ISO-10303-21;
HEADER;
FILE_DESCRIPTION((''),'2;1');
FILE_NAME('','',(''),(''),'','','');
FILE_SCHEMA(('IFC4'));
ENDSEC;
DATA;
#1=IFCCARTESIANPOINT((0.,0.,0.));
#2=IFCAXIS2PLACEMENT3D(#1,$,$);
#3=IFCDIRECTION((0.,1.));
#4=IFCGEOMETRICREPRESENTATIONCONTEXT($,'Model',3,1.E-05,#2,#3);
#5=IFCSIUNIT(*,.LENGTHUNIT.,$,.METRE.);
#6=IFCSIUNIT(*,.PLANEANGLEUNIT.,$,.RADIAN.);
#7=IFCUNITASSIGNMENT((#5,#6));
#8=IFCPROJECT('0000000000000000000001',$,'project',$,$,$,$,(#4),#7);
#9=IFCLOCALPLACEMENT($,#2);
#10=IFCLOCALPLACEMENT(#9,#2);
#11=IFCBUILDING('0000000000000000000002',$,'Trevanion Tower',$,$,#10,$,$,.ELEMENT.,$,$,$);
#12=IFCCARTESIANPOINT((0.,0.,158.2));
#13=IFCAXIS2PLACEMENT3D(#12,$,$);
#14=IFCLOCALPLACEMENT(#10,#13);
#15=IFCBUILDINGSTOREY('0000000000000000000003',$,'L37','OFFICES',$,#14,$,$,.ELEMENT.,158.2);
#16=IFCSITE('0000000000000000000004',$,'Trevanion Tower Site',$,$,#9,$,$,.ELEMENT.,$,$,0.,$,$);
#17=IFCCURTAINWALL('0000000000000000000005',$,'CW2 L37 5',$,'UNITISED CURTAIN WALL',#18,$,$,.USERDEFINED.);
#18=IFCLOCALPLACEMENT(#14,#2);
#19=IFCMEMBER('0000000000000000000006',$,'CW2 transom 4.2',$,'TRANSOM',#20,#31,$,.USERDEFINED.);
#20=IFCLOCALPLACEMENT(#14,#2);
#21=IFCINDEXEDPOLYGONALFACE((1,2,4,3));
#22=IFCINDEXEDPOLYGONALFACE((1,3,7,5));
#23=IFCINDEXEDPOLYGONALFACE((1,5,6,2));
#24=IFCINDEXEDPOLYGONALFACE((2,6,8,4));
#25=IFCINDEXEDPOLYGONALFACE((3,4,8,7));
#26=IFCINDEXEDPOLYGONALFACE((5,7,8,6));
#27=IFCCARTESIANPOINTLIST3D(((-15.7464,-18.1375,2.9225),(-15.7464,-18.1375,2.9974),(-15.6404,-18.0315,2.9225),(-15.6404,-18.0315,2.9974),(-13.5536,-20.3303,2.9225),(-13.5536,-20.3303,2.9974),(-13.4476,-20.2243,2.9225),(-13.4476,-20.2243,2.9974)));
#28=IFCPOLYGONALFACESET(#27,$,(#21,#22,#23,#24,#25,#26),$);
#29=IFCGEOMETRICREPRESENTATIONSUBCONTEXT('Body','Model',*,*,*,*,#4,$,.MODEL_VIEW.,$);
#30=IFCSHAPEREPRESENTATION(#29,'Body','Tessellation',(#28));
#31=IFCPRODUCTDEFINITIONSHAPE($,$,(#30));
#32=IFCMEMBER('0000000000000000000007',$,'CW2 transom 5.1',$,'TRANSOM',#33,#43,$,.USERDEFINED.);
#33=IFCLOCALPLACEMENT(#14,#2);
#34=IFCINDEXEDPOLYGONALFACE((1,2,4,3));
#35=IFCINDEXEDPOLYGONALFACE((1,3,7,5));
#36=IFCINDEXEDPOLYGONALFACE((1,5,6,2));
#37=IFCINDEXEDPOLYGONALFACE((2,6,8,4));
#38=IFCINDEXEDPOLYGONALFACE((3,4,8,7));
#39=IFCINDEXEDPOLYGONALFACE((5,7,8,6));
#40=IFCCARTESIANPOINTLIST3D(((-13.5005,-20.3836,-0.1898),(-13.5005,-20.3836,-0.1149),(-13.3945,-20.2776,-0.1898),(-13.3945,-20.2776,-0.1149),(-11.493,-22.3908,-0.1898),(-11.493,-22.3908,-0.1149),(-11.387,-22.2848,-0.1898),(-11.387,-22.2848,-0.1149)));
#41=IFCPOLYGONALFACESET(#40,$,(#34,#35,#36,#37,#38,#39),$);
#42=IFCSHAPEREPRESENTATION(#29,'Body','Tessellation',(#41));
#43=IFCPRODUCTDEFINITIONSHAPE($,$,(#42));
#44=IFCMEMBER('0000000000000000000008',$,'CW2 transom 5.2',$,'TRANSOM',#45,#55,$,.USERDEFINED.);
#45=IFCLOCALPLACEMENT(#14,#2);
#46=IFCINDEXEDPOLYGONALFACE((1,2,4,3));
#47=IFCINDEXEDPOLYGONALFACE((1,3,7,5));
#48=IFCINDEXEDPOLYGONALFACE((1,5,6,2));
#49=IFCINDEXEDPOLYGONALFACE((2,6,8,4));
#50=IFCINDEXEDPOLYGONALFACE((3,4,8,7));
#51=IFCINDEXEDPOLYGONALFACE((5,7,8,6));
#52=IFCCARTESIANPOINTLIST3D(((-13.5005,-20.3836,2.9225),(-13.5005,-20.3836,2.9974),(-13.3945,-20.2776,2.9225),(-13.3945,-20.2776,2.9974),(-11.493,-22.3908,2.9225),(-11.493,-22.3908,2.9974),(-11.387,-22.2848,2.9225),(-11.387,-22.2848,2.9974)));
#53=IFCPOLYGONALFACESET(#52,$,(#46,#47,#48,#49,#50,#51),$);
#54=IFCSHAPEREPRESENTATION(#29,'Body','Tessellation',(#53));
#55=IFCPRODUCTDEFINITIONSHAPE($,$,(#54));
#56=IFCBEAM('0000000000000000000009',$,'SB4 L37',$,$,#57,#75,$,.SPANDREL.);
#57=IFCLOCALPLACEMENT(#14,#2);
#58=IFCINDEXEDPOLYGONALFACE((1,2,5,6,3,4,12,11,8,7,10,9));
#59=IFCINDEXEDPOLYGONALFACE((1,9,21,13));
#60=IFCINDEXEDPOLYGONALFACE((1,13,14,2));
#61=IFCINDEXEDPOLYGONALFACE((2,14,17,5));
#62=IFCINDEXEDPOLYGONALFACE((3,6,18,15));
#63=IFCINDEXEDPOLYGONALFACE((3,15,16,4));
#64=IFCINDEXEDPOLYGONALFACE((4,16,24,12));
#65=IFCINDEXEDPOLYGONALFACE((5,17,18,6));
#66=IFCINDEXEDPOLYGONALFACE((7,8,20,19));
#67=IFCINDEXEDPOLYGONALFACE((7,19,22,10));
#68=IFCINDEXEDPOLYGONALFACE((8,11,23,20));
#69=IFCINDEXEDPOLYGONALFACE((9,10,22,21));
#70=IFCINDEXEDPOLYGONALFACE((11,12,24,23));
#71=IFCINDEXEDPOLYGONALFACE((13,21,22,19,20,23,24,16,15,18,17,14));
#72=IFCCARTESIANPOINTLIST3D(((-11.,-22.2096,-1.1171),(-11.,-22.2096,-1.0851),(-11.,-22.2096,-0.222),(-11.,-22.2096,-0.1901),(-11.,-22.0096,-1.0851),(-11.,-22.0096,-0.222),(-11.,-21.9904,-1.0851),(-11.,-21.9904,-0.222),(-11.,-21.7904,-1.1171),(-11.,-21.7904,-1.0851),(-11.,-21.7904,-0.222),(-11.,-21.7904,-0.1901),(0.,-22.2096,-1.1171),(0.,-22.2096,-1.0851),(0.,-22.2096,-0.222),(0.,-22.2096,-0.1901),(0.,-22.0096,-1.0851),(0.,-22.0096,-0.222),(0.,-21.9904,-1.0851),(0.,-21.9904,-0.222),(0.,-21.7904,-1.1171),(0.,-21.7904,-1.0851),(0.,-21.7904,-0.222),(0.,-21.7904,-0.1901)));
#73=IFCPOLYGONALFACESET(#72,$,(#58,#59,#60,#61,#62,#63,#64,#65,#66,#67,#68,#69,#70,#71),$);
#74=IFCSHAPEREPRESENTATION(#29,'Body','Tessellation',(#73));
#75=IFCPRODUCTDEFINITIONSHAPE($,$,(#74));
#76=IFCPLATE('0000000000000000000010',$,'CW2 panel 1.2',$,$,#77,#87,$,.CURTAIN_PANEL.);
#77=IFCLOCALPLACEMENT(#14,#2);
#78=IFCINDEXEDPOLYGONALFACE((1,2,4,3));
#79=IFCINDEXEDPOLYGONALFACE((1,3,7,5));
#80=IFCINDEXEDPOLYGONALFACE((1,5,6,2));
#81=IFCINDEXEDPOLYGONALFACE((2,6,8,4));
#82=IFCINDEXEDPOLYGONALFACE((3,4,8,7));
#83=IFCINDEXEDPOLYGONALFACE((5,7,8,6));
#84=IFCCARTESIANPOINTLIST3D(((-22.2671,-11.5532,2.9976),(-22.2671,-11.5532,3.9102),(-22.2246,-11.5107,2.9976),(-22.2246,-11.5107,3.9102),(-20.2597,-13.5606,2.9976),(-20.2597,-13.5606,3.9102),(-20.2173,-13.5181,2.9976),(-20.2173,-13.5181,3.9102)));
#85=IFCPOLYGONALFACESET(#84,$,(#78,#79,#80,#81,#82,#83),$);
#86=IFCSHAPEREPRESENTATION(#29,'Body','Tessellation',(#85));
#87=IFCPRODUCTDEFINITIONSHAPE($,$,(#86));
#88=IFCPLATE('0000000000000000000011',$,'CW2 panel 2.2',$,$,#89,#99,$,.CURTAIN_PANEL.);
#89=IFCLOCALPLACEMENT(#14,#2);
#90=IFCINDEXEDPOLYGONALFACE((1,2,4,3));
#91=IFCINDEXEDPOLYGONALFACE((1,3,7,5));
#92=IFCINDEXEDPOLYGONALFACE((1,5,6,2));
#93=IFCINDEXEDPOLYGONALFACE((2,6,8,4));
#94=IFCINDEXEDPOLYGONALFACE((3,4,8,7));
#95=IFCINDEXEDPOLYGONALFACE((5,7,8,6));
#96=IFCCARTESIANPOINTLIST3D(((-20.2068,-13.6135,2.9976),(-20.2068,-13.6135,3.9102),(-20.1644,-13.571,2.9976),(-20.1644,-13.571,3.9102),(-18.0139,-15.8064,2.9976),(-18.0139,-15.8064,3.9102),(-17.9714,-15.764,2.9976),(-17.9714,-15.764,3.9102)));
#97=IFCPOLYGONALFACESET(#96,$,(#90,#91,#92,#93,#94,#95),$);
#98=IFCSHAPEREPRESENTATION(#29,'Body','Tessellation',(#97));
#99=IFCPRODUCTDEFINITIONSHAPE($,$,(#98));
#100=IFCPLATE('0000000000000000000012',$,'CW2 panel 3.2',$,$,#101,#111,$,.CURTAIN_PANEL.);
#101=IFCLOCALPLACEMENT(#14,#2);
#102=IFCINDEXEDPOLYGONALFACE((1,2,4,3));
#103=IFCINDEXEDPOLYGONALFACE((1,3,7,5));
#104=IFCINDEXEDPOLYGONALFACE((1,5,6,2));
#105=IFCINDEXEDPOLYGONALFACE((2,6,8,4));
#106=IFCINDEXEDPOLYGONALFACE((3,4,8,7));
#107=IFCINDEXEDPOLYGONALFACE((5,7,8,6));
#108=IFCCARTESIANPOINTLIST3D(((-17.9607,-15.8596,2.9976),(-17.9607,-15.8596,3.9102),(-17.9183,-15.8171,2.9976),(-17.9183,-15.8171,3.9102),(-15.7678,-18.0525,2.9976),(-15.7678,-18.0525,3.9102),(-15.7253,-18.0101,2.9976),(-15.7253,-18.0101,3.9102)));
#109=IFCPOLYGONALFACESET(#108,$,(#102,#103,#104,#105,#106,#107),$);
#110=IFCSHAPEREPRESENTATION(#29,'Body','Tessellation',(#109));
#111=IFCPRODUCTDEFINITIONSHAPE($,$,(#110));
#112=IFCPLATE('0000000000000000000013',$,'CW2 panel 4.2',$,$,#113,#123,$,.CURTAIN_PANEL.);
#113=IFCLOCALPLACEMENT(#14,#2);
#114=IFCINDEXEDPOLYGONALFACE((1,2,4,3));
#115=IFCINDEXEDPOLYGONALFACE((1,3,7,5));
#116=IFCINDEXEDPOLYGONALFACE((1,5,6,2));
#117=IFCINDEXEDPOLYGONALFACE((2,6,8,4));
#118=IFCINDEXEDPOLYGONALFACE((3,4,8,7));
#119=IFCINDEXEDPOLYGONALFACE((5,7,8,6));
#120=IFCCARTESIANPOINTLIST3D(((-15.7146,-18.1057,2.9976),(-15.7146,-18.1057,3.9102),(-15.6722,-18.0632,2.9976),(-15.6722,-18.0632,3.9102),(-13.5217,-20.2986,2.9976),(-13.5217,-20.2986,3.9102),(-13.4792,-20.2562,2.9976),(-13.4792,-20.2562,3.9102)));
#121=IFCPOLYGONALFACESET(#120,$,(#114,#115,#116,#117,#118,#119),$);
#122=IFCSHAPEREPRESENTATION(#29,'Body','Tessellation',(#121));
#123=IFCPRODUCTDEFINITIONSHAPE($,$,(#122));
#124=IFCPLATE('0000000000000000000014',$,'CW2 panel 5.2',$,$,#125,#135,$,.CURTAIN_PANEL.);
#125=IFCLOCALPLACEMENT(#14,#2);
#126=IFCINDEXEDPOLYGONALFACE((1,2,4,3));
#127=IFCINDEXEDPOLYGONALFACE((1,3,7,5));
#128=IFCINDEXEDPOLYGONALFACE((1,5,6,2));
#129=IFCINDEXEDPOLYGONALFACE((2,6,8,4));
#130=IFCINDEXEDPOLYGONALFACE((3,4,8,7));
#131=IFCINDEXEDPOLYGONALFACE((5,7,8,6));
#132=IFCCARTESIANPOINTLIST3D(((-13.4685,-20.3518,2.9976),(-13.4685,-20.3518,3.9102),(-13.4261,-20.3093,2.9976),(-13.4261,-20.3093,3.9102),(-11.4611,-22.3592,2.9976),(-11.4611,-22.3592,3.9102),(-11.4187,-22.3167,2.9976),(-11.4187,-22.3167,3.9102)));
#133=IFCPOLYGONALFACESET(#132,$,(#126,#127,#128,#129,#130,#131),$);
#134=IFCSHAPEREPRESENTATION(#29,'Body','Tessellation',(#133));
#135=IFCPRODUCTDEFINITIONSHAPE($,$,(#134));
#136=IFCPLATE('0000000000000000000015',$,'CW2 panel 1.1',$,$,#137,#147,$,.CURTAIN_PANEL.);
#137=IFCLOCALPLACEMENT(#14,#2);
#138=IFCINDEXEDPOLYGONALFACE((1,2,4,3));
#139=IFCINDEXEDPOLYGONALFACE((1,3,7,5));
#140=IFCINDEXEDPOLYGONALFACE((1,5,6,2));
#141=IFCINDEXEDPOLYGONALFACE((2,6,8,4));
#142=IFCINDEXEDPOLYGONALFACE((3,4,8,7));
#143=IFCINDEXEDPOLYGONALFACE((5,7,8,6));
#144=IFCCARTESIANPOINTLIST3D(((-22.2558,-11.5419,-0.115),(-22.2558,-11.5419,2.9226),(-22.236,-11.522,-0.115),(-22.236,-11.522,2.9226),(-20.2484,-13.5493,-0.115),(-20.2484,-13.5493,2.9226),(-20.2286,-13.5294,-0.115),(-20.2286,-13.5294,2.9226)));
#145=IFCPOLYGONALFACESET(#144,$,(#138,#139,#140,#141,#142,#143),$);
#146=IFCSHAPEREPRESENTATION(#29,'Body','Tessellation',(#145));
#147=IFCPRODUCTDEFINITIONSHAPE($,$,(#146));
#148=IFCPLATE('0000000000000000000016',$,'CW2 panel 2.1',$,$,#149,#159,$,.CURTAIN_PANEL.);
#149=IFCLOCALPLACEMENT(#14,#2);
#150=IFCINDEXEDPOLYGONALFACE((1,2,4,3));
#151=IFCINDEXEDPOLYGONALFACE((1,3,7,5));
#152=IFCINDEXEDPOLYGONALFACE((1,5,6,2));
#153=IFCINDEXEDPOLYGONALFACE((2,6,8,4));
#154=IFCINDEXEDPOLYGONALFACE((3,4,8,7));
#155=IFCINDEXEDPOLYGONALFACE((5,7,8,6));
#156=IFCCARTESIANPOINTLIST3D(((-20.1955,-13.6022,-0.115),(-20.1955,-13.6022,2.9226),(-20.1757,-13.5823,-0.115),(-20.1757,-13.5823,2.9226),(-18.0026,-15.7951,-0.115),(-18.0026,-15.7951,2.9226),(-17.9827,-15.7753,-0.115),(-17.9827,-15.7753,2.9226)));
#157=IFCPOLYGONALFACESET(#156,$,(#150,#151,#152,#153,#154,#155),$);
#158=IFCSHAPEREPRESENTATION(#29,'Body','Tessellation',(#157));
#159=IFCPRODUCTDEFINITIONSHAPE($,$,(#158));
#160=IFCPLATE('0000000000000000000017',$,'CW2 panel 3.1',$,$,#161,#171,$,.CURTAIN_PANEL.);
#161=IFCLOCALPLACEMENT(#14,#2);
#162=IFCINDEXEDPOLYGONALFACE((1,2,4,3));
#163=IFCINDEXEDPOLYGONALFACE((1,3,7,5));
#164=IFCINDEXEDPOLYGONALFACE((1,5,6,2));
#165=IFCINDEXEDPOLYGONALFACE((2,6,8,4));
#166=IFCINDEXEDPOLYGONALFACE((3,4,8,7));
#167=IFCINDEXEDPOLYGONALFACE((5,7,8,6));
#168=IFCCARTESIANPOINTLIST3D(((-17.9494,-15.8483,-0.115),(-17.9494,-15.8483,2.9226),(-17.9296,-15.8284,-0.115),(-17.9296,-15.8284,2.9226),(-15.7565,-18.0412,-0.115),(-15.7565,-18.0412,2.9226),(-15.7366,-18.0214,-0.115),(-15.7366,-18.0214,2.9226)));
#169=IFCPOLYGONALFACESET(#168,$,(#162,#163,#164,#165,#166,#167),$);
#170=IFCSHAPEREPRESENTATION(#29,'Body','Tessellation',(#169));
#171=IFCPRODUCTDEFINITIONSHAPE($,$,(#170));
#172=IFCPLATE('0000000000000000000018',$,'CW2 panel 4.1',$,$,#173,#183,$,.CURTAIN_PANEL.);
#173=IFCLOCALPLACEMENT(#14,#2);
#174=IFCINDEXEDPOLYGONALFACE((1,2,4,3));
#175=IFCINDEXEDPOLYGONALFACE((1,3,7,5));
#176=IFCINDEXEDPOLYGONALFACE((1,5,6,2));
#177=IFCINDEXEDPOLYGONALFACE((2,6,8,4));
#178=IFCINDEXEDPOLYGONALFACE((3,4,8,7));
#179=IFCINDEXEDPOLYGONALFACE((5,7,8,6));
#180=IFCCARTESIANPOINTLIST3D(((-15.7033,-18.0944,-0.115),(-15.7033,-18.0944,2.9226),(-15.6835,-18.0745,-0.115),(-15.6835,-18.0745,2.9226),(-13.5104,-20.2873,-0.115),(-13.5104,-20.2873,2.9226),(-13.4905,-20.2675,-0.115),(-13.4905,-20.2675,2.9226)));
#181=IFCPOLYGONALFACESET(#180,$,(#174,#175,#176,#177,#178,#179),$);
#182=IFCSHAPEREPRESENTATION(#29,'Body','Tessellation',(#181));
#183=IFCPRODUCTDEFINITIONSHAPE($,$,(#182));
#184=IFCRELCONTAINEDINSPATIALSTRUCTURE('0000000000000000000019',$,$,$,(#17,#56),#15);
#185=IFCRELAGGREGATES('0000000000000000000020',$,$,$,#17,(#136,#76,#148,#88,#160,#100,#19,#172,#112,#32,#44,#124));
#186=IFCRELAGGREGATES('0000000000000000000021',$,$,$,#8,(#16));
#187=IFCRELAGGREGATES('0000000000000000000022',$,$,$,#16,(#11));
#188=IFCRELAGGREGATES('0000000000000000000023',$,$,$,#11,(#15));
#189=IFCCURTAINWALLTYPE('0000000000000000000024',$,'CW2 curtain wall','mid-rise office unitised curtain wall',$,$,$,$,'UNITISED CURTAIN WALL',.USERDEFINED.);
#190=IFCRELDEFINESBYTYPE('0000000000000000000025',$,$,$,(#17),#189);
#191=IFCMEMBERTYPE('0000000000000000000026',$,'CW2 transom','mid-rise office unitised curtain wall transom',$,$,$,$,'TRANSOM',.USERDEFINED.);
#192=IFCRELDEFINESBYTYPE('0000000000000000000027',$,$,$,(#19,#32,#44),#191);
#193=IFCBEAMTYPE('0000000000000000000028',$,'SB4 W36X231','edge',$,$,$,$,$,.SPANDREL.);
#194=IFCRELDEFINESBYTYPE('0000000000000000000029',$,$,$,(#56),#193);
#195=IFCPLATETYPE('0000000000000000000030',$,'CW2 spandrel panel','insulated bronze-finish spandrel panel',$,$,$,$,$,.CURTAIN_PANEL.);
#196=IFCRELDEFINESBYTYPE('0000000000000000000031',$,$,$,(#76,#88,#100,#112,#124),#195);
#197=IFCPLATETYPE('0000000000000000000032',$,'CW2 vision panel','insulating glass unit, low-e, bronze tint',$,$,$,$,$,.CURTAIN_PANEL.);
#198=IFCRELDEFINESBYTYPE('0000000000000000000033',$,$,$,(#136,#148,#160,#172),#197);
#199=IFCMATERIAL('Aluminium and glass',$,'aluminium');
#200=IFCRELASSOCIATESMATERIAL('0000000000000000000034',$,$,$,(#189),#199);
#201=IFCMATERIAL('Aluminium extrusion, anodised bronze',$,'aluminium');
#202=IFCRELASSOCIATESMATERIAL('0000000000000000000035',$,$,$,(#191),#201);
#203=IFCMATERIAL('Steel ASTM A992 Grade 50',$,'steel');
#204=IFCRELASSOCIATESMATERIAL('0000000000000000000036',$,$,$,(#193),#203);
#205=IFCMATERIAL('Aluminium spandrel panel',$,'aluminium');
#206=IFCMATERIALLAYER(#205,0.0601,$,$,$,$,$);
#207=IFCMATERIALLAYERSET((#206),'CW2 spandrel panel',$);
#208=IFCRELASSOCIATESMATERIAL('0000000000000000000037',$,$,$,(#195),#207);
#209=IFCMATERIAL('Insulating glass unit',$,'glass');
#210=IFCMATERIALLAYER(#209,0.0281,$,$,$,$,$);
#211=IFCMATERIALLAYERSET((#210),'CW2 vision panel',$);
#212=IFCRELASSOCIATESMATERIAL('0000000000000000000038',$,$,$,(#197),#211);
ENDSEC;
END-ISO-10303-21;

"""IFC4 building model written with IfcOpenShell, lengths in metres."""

from ifc_helpers import new_model, si_unit, direction, frame, origin, origin_2d, place, context, subcontext, project, spatial, rectangle, i_section, extrude, material, layer, layer_set, material_profile, profile_set, type_object, element, aggregate, save


model = new_model("IFC4")

# Units and contexts
model_context = context("Model", 3, precision=1e-05, world=origin(), true_north=direction((0.0, 1.0)))
body_context = subcontext(model_context, "Body", "Model", "MODEL_VIEW")
ifc_project = project(units=[si_unit("LENGTHUNIT", "METRE"), si_unit("PLANEANGLEUNIT", "RADIAN")], contexts=[model_context])

# Site, building, storey
site_placement = place(None, origin())
site = spatial("IfcSite", under=ifc_project, at=site_placement, Name="Trevanion Tower Site", CompositionType="ELEMENT", RefElevation=0.0)
building_placement = place(site_placement, origin())
building = spatial("IfcBuilding", under=site, at=building_placement, Name="Trevanion Tower", CompositionType="ELEMENT")
storey_placement = place(building_placement, frame((0.0, 0.0, 158.2)))
storey = spatial("IfcBuildingStorey", under=building, at=storey_placement, Name="L37", Description="OFFICES", CompositionType="ELEMENT", Elevation=158.2)

# Curtain wall, members
ifc_material_1 = material(Name="Aluminium and glass", Category="aluminium")
curtain_wall_type = type_object("IfcCurtainWallType", Name="CW2 curtain wall", Description="mid-rise office unitised curtain wall", ElementType="UNITISED CURTAIN WALL", PredefinedType="USERDEFINED", material=ifc_material_1)
curtain_wall_placement = place(storey_placement, origin())
curtain_wall = element("IfcCurtainWall", 1, at=curtain_wall_placement, inside=storey, type_object=curtain_wall_type, Name="CW2 L37 5", ObjectType="UNITISED CURTAIN WALL", PredefinedType="USERDEFINED")
ifc_material_2 = material(Name="Aluminium extrusion, anodised bronze", Category="aluminium")
ifc_material_profile_1 = material_profile(ifc_material_2, rectangle(XDim=0.1499, YDim=0.075, at=origin_2d()), Name="CW2 transom")
ifc_profile_set_1 = profile_set([ifc_material_profile_1], Name="Aluminium extrusion, anodised bronze")
member_type_1 = type_object("IfcMemberType", Name="CW2 transom", Description="mid-rise office unitised curtain wall transom", ElementType="TRANSOM", PredefinedType="USERDEFINED", material=ifc_profile_set_1)
member_1_placement = place(storey_placement, frame((-15.6934, -18.0845, 2.96), z_axis=(0.707107, -0.707107, 0.0), x_axis=(0.707107, 0.707107, 0.0)))
member_1 = element("IfcMember", 2, at=member_1_placement, type_object=member_type_1, Name="CW2 transom 4.2", ObjectType="TRANSOM", PredefinedType="USERDEFINED", context=body_context, shape_type="SweptSolid", body=[
    extrude(rectangle(XDim=0.1499, YDim=0.075, at=origin_2d()), origin(), (0.0, 0.0, 1.0), 3.1011),
])
member_2_placement = place(storey_placement, frame((-13.4475, -20.3306, -0.1523), z_axis=(0.70715, -0.707064, 0.0), x_axis=(0.707064, 0.70715, 0.0)))
member_2 = element("IfcMember", 3, at=member_2_placement, type_object=member_type_1, Name="CW2 transom 5.1", ObjectType="TRANSOM", PredefinedType="USERDEFINED", context=body_context, shape_type="SweptSolid", body=[
    extrude(rectangle(XDim=0.1499, YDim=0.075, at=origin_2d()), origin(), (0.0, 0.0, 1.0), 2.8389),
])
member_3_placement = place(storey_placement, frame((-13.4475, -20.3306, 2.96), z_axis=(0.70715, -0.707064, 0.0), x_axis=(0.707064, 0.70715, 0.0)))
member_3 = element("IfcMember", 4, at=member_3_placement, type_object=member_type_1, Name="CW2 transom 5.2", ObjectType="TRANSOM", PredefinedType="USERDEFINED", context=body_context, shape_type="SweptSolid", body=[
    extrude(rectangle(XDim=0.1499, YDim=0.075, at=origin_2d()), origin(), (0.0, 0.0, 1.0), 2.8389),
])

# Beam
ifc_material_3 = material(Name="Steel ASTM A992 Grade 50", Category="steel")
ifc_material_profile_2 = material_profile(ifc_material_3, i_section(OverallWidth=0.4192, OverallDepth=0.927, WebThickness=0.0193, FlangeThickness=0.032, at=origin_2d()), Name="W36X231")
ifc_profile_set_2 = profile_set([ifc_material_profile_2], Name="Steel ASTM A992 Grade 50")
beam_type_1 = type_object("IfcBeamType", Name="SB4 W36X231", Description="edge", PredefinedType="SPANDREL", material=ifc_profile_set_2)
beam_1_placement = place(storey_placement, frame((-11.0, -22.0, -0.6536), z_axis=(1.0, 0.0, 0.0), x_axis=(0.0, 1.0, 0.0)))
element("IfcBeam", 5, at=beam_1_placement, inside=storey, type_object=beam_type_1, Name="SB4 L37", PredefinedType="SPANDREL", context=body_context, shape_type="SweptSolid", body=[
    extrude(i_section(OverallWidth=0.4192, OverallDepth=0.927, WebThickness=0.0193, FlangeThickness=0.032, at=origin_2d()), origin(), (0.0, 0.0, 1.0), 11.0),
])

# Plates
ifc_material_4 = material(Name="Aluminium spandrel panel", Category="aluminium")
ifc_layer_1 = layer(ifc_material_4, 0.0601)
ifc_layer_set_1 = layer_set([ifc_layer_1], Name="CW2 spandrel panel")
plate_type_1 = type_object("IfcPlateType", Name="CW2 spandrel panel", Description="insulated bronze-finish spandrel panel", PredefinedType="CURTAIN_PANEL", material=ifc_layer_set_1)
plate_1_placement = place(storey_placement, frame((-21.2422, -12.5356, 2.9976), z_axis=(0.0, 0.0, 1.0), x_axis=(0.707107, -0.707107, 0.0)))
plate_1 = element("IfcPlate", 6, at=plate_1_placement, type_object=plate_type_1, Name="CW2 panel 1.2", PredefinedType="CURTAIN_PANEL", context=body_context, shape_type="SweptSolid", body=[
    extrude(rectangle(XDim=2.8389, YDim=0.0601, at=origin_2d()), origin(), (0.0, 0.0, 1.0), 0.9126),
])
plate_2_placement = place(storey_placement, frame((-19.0891, -14.6887, 2.9976), z_axis=(0.0, 0.0, 1.0), x_axis=(0.707107, -0.707107, 0.0)))
plate_2 = element("IfcPlate", 7, at=plate_2_placement, type_object=plate_type_1, Name="CW2 panel 2.2", PredefinedType="CURTAIN_PANEL", context=body_context, shape_type="SweptSolid", body=[
    extrude(rectangle(XDim=3.1013, YDim=0.0601, at=origin_2d()), origin(), (0.0, 0.0, 1.0), 0.9126),
])
plate_3_placement = place(storey_placement, frame((-16.843, -16.9348, 2.9976), z_axis=(0.0, 0.0, 1.0), x_axis=(0.707107, -0.707107, 0.0)))
plate_3 = element("IfcPlate", 8, at=plate_3_placement, type_object=plate_type_1, Name="CW2 panel 3.2", PredefinedType="CURTAIN_PANEL", context=body_context, shape_type="SweptSolid", body=[
    extrude(rectangle(XDim=3.1013, YDim=0.0601, at=origin_2d()), origin(), (0.0, 0.0, 1.0), 0.9126),
])
plate_4_placement = place(storey_placement, frame((-14.5969, -19.1809, 2.9976), z_axis=(0.0, 0.0, 1.0), x_axis=(0.707107, -0.707107, 0.0)))
plate_4 = element("IfcPlate", 9, at=plate_4_placement, type_object=plate_type_1, Name="CW2 panel 4.2", PredefinedType="CURTAIN_PANEL", context=body_context, shape_type="SweptSolid", body=[
    extrude(rectangle(XDim=3.1013, YDim=0.0601, at=origin_2d()), origin(), (0.0, 0.0, 1.0), 0.9126),
])
plate_5_placement = place(storey_placement, frame((-12.4436, -21.3342, 2.9976), z_axis=(0.0, 0.0, 1.0), x_axis=(0.707107, -0.707107, 0.0)))
plate_5 = element("IfcPlate", 10, at=plate_5_placement, type_object=plate_type_1, Name="CW2 panel 5.2", PredefinedType="CURTAIN_PANEL", context=body_context, shape_type="SweptSolid", body=[
    extrude(rectangle(XDim=2.8389, YDim=0.0601, at=origin_2d()), origin(), (0.0, 0.0, 1.0), 0.9126),
])
ifc_material_5 = material(Name="Insulating glass unit", Category="glass")
ifc_layer_2 = layer(ifc_material_5, 0.0281)
ifc_layer_set_2 = layer_set([ifc_layer_2], Name="CW2 vision panel")
plate_type_2 = type_object("IfcPlateType", Name="CW2 vision panel", Description="insulating glass unit, low-e, bronze tint", PredefinedType="CURTAIN_PANEL", material=ifc_layer_set_2)
plate_6_placement = place(storey_placement, frame((-21.2422, -12.5356, -0.115), z_axis=(0.0, 0.0, 1.0), x_axis=(0.707107, -0.707107, 0.0)))
plate_6 = element("IfcPlate", 11, at=plate_6_placement, type_object=plate_type_2, Name="CW2 panel 1.1", PredefinedType="CURTAIN_PANEL", context=body_context, shape_type="SweptSolid", body=[
    extrude(rectangle(XDim=2.8389, YDim=0.0281, at=origin_2d()), origin(), (0.0, 0.0, 1.0), 3.0376),
])
plate_7_placement = place(storey_placement, frame((-19.0891, -14.6887, -0.115), z_axis=(0.0, 0.0, 1.0), x_axis=(0.707107, -0.707107, 0.0)))
plate_7 = element("IfcPlate", 12, at=plate_7_placement, type_object=plate_type_2, Name="CW2 panel 2.1", PredefinedType="CURTAIN_PANEL", context=body_context, shape_type="SweptSolid", body=[
    extrude(rectangle(XDim=3.1013, YDim=0.0281, at=origin_2d()), origin(), (0.0, 0.0, 1.0), 3.0376),
])
plate_8_placement = place(storey_placement, frame((-16.843, -16.9348, -0.115), z_axis=(0.0, 0.0, 1.0), x_axis=(0.707107, -0.707107, 0.0)))
plate_8 = element("IfcPlate", 13, at=plate_8_placement, type_object=plate_type_2, Name="CW2 panel 3.1", PredefinedType="CURTAIN_PANEL", context=body_context, shape_type="SweptSolid", body=[
    extrude(rectangle(XDim=3.1013, YDim=0.0281, at=origin_2d()), origin(), (0.0, 0.0, 1.0), 3.0376),
])
plate_9_placement = place(storey_placement, frame((-14.5969, -19.1809, -0.115), z_axis=(0.0, 0.0, 1.0), x_axis=(0.707107, -0.707107, 0.0)))
plate_9 = element("IfcPlate", 14, at=plate_9_placement, type_object=plate_type_2, Name="CW2 panel 4.1", PredefinedType="CURTAIN_PANEL", context=body_context, shape_type="SweptSolid", body=[
    extrude(rectangle(XDim=3.1013, YDim=0.0281, at=origin_2d()), origin(), (0.0, 0.0, 1.0), 3.0376),
])
aggregate(curtain_wall, [plate_6, plate_1, plate_7, plate_2, plate_8, plate_3, member_1, plate_9, plate_4, member_2, member_3, plate_5])

save(model, "model.ifc")
